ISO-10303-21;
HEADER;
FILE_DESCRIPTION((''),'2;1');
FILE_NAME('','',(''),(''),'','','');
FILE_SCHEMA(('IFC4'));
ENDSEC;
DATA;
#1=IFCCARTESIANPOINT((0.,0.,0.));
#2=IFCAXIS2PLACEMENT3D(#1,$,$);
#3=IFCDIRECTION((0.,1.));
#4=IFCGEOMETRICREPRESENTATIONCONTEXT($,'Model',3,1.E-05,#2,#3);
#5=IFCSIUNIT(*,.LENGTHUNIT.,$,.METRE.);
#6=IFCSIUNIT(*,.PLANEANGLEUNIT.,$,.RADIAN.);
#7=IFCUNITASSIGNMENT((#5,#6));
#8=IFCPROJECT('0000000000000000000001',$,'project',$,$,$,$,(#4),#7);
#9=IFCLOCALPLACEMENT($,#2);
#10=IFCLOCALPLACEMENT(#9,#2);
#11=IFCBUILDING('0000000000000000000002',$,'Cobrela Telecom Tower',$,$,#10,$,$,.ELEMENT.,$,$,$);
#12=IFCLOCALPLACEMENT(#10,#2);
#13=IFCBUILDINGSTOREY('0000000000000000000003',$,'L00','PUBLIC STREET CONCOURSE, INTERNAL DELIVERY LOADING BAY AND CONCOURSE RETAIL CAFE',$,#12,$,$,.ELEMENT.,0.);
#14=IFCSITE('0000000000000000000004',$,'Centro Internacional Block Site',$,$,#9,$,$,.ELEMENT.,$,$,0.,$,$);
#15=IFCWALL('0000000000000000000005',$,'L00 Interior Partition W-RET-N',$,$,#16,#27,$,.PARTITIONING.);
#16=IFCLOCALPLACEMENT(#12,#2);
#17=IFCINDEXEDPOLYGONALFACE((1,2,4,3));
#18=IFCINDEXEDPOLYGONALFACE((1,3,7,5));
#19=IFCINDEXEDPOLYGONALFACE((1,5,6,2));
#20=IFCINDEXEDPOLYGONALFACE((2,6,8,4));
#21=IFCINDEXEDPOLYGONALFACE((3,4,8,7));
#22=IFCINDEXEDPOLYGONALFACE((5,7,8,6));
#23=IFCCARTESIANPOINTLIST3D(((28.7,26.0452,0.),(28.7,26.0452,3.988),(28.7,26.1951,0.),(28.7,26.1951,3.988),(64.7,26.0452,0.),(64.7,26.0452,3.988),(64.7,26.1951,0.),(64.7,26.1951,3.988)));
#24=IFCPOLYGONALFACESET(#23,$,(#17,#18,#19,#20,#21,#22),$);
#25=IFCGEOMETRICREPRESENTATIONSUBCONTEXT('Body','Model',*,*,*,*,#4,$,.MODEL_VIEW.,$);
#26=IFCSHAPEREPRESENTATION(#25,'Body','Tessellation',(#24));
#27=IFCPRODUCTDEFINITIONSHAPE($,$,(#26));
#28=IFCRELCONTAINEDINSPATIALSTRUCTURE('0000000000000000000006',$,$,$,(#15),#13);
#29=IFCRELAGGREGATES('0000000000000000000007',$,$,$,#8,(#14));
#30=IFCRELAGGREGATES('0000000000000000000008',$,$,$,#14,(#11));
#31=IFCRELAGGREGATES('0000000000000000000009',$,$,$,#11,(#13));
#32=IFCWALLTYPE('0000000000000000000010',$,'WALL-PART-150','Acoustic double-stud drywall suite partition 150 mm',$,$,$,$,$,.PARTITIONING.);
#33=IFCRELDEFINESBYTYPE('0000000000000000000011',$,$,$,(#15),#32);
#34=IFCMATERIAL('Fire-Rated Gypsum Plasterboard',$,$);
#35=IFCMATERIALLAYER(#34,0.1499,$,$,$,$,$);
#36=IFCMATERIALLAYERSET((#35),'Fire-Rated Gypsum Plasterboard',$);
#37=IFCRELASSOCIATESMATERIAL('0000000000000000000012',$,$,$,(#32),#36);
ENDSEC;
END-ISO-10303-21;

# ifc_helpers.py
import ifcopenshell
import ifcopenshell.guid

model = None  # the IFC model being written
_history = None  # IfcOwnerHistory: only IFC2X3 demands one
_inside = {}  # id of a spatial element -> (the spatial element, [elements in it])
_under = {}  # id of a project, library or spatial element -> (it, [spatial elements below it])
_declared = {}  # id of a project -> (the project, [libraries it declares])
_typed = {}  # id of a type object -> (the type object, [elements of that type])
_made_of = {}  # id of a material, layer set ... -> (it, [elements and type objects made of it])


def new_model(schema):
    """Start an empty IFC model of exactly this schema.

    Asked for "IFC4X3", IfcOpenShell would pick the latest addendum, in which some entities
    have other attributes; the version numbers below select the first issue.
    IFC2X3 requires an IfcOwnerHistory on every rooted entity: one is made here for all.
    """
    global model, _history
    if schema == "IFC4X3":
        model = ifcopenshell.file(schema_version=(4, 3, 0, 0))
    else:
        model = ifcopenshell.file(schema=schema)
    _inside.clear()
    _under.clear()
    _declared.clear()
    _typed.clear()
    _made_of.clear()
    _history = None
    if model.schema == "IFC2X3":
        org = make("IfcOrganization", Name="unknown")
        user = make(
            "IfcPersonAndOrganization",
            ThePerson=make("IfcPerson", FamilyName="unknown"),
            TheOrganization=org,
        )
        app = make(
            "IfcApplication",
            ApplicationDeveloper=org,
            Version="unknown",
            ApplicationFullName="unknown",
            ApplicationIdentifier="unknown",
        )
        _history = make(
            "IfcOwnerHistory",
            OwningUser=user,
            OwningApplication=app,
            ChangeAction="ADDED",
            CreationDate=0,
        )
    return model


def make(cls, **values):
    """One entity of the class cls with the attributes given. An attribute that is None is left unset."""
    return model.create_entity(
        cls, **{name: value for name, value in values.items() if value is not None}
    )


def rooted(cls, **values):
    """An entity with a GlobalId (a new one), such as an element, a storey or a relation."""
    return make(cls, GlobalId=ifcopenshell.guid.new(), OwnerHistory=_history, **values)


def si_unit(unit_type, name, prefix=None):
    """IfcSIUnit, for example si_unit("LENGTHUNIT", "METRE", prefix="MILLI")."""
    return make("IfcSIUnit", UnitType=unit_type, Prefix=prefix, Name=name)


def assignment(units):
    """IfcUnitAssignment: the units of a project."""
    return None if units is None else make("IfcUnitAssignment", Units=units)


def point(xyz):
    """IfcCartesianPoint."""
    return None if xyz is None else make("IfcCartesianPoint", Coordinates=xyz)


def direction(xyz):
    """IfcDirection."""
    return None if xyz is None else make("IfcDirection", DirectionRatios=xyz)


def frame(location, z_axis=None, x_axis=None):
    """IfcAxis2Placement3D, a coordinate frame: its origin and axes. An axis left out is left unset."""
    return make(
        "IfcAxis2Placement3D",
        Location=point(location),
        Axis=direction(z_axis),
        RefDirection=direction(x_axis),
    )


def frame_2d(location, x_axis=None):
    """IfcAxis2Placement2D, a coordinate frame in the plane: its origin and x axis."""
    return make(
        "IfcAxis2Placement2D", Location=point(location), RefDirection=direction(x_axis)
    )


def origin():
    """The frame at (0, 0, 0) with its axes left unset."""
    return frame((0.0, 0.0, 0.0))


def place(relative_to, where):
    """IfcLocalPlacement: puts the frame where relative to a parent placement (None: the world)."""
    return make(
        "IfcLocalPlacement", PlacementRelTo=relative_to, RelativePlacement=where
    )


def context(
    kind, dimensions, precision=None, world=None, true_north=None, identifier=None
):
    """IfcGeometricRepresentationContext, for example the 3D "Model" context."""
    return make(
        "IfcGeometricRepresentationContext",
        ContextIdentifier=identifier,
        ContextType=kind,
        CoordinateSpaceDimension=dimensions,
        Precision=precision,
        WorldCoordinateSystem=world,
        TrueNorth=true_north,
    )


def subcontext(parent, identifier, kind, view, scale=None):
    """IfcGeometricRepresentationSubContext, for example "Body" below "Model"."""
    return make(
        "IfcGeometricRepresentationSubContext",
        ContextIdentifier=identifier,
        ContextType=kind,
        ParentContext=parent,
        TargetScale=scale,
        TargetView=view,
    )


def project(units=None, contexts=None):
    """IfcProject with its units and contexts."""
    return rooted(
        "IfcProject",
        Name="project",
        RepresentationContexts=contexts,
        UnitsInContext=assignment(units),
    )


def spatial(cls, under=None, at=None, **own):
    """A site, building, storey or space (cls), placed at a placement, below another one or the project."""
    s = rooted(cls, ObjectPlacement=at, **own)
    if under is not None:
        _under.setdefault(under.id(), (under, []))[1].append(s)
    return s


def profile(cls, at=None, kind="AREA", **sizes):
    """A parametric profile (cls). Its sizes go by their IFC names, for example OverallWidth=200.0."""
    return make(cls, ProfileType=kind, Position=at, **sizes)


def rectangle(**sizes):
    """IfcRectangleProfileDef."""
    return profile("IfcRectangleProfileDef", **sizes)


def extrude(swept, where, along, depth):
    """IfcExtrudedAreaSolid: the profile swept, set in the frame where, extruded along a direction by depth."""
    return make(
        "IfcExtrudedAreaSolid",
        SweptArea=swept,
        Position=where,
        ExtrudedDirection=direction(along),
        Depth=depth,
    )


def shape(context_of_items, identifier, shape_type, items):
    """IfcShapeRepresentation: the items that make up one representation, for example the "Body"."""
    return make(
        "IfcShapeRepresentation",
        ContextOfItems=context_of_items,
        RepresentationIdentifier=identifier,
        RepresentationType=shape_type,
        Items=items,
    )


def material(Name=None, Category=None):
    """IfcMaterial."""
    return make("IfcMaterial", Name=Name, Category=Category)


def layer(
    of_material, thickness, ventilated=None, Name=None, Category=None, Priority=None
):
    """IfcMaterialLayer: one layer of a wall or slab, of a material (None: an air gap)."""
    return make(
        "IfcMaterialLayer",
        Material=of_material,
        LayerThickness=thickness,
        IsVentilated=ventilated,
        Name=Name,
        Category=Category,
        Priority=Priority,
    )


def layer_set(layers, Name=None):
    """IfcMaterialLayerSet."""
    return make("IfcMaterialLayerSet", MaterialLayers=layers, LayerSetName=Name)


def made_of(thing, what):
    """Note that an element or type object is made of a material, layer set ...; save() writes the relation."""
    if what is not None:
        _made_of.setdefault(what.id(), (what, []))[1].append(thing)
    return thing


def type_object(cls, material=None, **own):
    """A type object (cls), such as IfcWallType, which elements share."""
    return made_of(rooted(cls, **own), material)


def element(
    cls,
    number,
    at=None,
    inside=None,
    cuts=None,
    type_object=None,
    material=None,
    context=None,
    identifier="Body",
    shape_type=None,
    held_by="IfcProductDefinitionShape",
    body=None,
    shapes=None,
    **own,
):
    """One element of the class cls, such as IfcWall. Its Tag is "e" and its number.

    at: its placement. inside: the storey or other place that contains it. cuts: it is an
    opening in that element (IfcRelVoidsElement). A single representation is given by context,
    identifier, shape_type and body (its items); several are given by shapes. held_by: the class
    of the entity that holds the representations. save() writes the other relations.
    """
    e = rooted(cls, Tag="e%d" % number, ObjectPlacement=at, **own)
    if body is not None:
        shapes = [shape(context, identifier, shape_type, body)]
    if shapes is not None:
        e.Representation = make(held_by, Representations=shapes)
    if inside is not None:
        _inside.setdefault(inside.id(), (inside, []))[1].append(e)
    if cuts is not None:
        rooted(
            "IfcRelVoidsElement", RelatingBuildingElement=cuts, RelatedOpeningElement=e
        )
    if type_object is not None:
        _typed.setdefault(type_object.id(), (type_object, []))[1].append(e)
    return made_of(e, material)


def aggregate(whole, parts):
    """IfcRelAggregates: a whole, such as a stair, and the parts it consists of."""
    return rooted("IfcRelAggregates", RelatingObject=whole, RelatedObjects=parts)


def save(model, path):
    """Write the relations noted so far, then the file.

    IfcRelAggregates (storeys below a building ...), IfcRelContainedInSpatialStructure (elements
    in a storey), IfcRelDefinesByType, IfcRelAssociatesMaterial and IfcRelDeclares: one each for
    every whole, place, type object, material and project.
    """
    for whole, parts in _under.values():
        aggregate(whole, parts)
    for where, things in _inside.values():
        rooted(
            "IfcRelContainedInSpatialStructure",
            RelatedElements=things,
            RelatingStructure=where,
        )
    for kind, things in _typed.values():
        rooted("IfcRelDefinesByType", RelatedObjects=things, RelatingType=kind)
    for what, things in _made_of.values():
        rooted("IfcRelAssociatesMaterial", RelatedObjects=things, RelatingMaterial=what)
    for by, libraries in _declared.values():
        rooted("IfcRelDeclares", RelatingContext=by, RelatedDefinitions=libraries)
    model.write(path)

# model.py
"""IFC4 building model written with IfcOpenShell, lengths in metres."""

from ifc_helpers import new_model, si_unit, direction, frame, frame_2d, origin, place, context, subcontext, project, spatial, rectangle, extrude, material, layer, layer_set, type_object, element, save


model = new_model("IFC4")

# Units and contexts
model_context = context("Model", 3, precision=1e-05, world=origin(), true_north=direction((0.0, 1.0)))
body_context = subcontext(model_context, "Body", "Model", "MODEL_VIEW")
ifc_project = project(units=[si_unit("LENGTHUNIT", "METRE"), si_unit("PLANEANGLEUNIT", "RADIAN")], contexts=[model_context])

# Site, building, storey
site_placement = place(None, origin())
site = spatial("IfcSite", under=ifc_project, at=site_placement, Name="Centro Internacional Block Site", CompositionType="ELEMENT", RefElevation=0.0)
building_placement = place(site_placement, origin())
building = spatial("IfcBuilding", under=site, at=building_placement, Name="Cobrela Telecom Tower", CompositionType="ELEMENT")
storey_placement = place(building_placement, origin())
storey = spatial("IfcBuildingStorey", under=building, at=storey_placement, Name="L00", Description="PUBLIC STREET CONCOURSE, INTERNAL DELIVERY LOADING BAY AND CONCOURSE RETAIL CAFE", CompositionType="ELEMENT", Elevation=0.0)

# Wall
ifc_material_1 = material(Name="Fire-Rated Gypsum Plasterboard")
ifc_layer = layer(ifc_material_1, 0.1499)
ifc_layer_set = layer_set([ifc_layer], Name="Fire-Rated Gypsum Plasterboard")
wall_type = type_object("IfcWallType", Name="WALL-PART-150", Description="Acoustic double-stud drywall suite partition 150 mm", PredefinedType="PARTITIONING", material=ifc_layer_set)
wall_placement = place(storey_placement, frame((28.7, 26.1201, 0.0), z_axis=(0.0, 0.0, 1.0), x_axis=(1.0, 0.0, 0.0)))
element("IfcWall", 1, at=wall_placement, inside=storey, type_object=wall_type, Name="L00 Interior Partition W-RET-N", PredefinedType="PARTITIONING", context=body_context, shape_type="SweptSolid", body=[
    extrude(rectangle(XDim=36.0, YDim=0.1499, at=frame_2d((18.0, 0.0))), origin(), (0.0, 0.0, 1.0), 3.988),
])

save(model, "model.ifc")
